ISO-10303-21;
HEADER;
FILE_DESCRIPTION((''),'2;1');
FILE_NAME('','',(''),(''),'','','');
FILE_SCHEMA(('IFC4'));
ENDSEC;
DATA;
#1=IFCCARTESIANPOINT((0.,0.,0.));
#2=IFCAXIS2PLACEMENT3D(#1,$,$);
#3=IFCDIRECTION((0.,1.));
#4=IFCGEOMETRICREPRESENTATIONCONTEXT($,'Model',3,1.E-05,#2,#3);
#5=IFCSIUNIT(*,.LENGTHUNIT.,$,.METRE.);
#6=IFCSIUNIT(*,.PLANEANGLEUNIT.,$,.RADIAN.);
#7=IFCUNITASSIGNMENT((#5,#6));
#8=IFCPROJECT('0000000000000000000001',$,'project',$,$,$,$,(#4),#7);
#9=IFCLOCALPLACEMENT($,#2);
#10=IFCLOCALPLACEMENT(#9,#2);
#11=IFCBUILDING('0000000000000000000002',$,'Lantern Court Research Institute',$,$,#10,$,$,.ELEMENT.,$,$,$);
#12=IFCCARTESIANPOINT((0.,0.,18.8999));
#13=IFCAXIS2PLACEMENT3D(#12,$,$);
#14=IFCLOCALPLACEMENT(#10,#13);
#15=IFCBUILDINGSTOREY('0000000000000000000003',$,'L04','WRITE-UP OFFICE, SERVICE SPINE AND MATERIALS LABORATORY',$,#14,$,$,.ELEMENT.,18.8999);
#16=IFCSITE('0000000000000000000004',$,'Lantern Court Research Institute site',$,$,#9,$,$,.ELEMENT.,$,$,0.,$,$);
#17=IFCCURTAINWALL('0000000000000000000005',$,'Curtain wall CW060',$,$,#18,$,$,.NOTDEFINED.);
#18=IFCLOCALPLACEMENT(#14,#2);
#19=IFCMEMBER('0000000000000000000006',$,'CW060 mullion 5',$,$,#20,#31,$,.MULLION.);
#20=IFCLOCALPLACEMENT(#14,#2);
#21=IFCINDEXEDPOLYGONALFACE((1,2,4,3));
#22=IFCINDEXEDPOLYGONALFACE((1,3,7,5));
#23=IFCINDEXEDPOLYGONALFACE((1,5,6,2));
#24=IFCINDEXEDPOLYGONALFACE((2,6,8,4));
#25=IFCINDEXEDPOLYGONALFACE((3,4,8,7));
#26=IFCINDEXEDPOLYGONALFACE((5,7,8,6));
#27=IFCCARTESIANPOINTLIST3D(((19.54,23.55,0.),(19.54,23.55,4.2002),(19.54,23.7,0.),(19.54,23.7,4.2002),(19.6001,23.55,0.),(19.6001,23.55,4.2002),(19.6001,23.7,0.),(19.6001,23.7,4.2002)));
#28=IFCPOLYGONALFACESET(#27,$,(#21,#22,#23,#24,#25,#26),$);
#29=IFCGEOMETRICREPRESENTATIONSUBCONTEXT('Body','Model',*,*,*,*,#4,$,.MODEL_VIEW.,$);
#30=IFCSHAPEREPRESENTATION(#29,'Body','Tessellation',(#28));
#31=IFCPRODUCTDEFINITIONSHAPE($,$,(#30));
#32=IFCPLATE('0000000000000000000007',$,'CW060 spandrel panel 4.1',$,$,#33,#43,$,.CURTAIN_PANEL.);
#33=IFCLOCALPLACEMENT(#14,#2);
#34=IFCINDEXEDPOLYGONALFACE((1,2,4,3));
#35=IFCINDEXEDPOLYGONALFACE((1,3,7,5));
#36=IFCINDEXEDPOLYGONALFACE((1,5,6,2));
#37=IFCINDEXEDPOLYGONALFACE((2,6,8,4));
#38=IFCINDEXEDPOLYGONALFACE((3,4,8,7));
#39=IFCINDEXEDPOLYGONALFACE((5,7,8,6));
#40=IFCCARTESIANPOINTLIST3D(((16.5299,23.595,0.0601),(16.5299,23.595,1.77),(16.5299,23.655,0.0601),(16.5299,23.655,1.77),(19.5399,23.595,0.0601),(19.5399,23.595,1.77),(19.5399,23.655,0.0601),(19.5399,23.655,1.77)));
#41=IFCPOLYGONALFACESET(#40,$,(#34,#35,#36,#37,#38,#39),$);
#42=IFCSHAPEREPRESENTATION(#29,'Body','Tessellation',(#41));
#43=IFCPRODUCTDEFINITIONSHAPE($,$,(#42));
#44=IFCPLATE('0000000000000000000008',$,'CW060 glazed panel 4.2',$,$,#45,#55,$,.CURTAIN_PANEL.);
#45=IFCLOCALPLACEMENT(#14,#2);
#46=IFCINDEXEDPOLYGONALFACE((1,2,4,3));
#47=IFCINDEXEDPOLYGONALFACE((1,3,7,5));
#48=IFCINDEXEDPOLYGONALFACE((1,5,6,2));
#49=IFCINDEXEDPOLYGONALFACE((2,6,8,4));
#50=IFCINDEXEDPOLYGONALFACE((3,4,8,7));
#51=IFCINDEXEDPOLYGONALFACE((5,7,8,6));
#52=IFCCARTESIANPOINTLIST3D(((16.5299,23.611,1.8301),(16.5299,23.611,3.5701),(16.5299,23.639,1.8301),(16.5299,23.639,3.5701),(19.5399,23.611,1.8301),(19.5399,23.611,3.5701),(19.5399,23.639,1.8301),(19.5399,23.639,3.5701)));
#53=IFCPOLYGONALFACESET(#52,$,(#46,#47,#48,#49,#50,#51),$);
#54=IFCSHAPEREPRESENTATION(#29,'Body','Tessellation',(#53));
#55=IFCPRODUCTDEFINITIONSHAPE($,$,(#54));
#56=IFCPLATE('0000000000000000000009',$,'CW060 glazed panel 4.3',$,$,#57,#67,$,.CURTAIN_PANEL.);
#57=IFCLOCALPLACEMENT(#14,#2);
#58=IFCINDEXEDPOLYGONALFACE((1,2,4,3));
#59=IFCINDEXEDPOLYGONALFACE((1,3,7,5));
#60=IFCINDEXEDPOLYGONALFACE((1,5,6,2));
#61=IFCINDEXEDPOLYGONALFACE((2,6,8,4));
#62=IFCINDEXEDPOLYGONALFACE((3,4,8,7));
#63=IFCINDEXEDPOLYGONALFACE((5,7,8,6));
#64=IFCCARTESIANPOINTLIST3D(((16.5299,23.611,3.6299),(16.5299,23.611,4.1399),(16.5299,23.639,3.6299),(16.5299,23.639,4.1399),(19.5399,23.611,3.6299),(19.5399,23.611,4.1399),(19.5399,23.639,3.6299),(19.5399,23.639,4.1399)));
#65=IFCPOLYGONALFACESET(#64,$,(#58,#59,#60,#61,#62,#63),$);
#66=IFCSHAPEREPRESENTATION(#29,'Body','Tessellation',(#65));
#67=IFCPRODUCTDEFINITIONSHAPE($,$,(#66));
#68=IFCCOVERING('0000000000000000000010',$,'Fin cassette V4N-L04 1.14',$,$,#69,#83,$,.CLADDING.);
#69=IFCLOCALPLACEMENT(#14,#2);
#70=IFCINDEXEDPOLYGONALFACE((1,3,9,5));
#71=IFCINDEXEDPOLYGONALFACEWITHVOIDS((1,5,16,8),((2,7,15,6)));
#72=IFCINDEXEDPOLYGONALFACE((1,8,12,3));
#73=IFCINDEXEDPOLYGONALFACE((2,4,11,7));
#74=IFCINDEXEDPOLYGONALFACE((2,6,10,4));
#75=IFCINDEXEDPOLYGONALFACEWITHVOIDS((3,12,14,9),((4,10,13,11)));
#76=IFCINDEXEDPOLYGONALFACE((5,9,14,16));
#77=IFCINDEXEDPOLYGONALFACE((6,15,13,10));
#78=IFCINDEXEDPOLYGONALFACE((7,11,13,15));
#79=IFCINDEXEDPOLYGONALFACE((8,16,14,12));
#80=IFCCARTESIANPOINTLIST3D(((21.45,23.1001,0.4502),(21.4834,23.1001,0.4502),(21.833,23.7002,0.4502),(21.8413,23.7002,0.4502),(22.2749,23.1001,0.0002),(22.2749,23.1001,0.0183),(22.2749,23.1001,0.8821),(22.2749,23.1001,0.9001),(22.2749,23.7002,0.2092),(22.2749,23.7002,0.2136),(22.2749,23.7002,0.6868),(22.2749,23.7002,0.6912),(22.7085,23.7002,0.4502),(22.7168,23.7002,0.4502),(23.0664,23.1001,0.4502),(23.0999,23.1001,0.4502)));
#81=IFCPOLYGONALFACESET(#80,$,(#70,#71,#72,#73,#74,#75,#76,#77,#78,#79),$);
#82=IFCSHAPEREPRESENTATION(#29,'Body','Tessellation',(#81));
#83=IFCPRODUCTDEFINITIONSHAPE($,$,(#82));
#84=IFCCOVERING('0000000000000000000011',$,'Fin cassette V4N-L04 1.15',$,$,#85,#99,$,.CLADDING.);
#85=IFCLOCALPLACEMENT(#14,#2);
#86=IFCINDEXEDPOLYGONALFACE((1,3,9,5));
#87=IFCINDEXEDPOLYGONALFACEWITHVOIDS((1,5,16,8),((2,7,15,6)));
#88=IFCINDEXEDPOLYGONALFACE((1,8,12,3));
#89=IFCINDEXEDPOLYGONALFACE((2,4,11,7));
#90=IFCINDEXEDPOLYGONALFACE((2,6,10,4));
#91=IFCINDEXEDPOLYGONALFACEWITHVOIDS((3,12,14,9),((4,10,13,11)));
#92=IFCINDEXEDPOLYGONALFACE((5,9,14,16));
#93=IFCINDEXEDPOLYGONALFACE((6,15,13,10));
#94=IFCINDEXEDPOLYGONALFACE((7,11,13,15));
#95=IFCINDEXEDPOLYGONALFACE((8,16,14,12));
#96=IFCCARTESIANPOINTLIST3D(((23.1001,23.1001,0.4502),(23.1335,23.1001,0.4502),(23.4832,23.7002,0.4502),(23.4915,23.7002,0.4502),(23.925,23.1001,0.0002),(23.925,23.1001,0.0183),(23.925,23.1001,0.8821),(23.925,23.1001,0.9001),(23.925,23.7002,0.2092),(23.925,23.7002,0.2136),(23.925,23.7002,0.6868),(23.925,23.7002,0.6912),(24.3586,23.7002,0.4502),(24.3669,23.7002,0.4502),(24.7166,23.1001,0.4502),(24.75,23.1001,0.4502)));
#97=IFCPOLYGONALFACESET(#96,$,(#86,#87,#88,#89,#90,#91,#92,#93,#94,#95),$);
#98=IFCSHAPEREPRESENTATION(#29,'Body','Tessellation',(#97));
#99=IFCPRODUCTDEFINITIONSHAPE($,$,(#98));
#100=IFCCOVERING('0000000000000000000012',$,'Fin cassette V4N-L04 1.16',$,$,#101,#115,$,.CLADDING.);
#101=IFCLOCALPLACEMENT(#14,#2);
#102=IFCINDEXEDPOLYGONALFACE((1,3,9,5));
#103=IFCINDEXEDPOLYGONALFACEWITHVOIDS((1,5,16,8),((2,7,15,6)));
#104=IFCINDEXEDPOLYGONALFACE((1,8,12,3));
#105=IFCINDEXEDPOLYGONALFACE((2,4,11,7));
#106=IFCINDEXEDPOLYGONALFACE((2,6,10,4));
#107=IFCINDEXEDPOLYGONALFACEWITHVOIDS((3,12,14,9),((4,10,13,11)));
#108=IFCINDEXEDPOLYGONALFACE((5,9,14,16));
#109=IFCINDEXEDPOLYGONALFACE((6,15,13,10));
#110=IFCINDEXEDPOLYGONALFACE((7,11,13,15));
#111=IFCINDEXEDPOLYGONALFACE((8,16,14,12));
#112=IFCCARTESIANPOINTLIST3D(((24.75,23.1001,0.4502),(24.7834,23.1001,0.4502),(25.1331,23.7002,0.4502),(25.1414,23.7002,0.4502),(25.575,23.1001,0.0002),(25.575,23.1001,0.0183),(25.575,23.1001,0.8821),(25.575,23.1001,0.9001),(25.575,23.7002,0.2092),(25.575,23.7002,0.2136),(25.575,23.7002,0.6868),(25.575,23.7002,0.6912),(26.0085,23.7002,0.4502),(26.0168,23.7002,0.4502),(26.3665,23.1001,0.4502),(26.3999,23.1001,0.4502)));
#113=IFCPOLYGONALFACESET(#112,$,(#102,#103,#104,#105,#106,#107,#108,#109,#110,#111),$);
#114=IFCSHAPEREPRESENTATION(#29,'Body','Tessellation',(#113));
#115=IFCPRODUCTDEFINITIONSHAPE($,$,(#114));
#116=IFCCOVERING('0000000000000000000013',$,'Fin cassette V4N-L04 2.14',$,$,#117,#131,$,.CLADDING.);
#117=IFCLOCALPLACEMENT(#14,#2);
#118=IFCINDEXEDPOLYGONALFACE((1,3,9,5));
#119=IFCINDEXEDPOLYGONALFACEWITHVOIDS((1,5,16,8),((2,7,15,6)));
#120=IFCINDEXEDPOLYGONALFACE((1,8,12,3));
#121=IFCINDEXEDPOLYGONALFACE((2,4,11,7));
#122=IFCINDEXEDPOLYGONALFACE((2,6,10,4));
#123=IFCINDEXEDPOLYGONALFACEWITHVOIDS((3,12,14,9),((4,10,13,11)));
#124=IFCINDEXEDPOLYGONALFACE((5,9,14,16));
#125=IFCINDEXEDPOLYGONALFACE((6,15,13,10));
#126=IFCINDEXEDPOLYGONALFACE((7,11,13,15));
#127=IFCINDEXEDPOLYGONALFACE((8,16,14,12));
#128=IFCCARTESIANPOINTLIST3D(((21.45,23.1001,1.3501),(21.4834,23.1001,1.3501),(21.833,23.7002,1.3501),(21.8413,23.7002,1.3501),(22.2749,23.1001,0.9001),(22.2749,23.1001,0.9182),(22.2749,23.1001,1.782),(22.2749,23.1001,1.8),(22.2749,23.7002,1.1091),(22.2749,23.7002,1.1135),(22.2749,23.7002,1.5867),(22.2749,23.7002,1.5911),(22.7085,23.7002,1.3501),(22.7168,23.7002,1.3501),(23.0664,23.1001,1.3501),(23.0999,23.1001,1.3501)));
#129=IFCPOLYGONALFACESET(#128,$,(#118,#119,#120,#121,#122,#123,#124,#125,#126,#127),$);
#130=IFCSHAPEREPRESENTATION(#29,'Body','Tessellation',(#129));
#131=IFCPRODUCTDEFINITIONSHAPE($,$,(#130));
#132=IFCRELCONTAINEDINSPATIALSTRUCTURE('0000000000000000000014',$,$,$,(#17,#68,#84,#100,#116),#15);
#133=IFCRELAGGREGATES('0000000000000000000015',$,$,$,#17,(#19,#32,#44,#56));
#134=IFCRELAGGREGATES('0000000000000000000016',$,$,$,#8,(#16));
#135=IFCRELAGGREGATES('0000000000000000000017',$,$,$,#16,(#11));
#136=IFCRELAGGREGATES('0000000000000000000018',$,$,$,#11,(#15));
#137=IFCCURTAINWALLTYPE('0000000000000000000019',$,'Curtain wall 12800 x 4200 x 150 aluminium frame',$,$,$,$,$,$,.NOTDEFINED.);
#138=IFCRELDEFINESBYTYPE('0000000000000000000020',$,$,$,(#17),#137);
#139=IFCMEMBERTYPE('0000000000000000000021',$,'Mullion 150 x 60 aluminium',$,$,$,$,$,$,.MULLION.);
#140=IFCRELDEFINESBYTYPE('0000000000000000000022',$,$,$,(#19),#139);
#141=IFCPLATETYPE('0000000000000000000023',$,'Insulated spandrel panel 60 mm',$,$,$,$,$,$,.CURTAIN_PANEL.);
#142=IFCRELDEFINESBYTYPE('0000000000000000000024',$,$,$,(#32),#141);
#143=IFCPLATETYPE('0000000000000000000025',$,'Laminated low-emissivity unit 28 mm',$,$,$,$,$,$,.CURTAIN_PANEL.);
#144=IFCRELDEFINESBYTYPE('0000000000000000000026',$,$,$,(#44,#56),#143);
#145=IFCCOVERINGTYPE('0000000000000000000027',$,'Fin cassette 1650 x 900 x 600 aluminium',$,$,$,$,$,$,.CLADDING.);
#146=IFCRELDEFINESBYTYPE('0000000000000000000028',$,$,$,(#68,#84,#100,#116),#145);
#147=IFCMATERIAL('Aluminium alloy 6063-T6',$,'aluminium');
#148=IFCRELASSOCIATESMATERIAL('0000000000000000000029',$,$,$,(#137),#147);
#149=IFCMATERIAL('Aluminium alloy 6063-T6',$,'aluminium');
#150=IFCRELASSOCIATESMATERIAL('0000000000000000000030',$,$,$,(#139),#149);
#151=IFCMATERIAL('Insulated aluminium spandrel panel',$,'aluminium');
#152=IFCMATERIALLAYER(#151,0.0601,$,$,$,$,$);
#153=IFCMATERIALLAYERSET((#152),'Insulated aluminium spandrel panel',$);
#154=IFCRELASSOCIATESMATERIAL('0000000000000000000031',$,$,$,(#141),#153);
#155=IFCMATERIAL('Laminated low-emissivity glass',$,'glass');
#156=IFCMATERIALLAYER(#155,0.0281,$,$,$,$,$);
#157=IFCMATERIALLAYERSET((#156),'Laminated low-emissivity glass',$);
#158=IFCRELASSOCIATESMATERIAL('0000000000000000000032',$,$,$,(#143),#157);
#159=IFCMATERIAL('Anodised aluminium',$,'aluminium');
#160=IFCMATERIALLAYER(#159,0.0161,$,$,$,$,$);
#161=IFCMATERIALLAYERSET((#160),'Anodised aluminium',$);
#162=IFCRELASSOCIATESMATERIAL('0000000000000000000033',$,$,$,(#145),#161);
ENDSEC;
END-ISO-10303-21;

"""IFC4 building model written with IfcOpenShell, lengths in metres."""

from ifc_helpers import new_model, entity, si_unit, direction, frame, origin, origin_2d, place, context, subcontext, project, spatial, rectangle, extrude, material, layer, layer_set, material_profile, profile_set, type_object, element, aggregate, save


model = new_model("IFC4")

# Units and contexts
model_context = context("Model", 3, precision=1e-05, world=origin(), true_north=direction((0.0, 1.0)))
body_context = subcontext(model_context, "Body", "Model", "MODEL_VIEW")
ifc_project = project(units=[si_unit("LENGTHUNIT", "METRE"), si_unit("PLANEANGLEUNIT", "RADIAN")], contexts=[model_context])

# Site, building, storey
site_placement = place(None, origin())
site = spatial("IfcSite", under=ifc_project, at=site_placement, Name="Lantern Court Research Institute site", CompositionType="ELEMENT", RefElevation=0.0)
building_placement = place(site_placement, origin())
building = spatial("IfcBuilding", under=site, at=building_placement, Name="Lantern Court Research Institute", CompositionType="ELEMENT")
storey_placement = place(building_placement, frame((0.0, 0.0, 18.8999)))
storey = spatial("IfcBuildingStorey", under=building, at=storey_placement, Name="L04", Description="WRITE-UP OFFICE, SERVICE SPINE AND MATERIALS LABORATORY", CompositionType="ELEMENT", Elevation=18.8999)

# Curtain wall, member, plates
ifc_material_1 = material(Name="Aluminium alloy 6063-T6", Category="aluminium")
curtain_wall_type = type_object("IfcCurtainWallType", Name="Curtain wall 12800 x 4200 x 150 aluminium frame", PredefinedType="NOTDEFINED", material=ifc_material_1)
curtain_wall_placement = place(storey_placement, origin())
curtain_wall = element("IfcCurtainWall", 1, at=curtain_wall_placement, inside=storey, type_object=curtain_wall_type, Name="Curtain wall CW060", PredefinedType="NOTDEFINED")
ifc_material_2 = material(Name="Aluminium alloy 6063-T6", Category="aluminium")
ifc_material_profile = material_profile(ifc_material_2, rectangle(XDim=0.1499, YDim=0.0601, at=origin_2d()), Name="Mullion 150 x 60")
ifc_profile_set = profile_set([ifc_material_profile], Name="Aluminium alloy 6063-T6")
member_type = type_object("IfcMemberType", Name="Mullion 150 x 60 aluminium", PredefinedType="MULLION", material=ifc_profile_set)
member_placement = place(storey_placement, frame((19.5701, 23.625, 0.0), z_axis=(0.0, 0.0, 1.0), x_axis=(0.0, 1.0, 0.0)))
member = element("IfcMember", 2, at=member_placement, type_object=member_type, Name="CW060 mullion 5", PredefinedType="MULLION", context=body_context, shape_type="SweptSolid", body=[
    extrude(rectangle(XDim=0.1499, YDim=0.0601, at=origin_2d()), origin(), (0.0, 0.0, 1.0), 4.2002),
])
ifc_material_3 = material(Name="Insulated aluminium spandrel panel", Category="aluminium")
ifc_layer_1 = layer(ifc_material_3, 0.0601)
ifc_layer_set_1 = layer_set([ifc_layer_1], Name="Insulated aluminium spandrel panel")
plate_type_1 = type_object("IfcPlateType", Name="Insulated spandrel panel 60 mm", PredefinedType="CURTAIN_PANEL", material=ifc_layer_set_1)
plate_1_placement = place(storey_placement, frame((18.0349, 23.625, 0.0601), z_axis=(0.0, 0.0, 1.0), x_axis=(1.0, 0.0, 0.0)))
plate_1 = element("IfcPlate", 3, at=plate_1_placement, type_object=plate_type_1, Name="CW060 spandrel panel 4.1", PredefinedType="CURTAIN_PANEL", context=body_context, shape_type="SweptSolid", body=[
    extrude(rectangle(XDim=3.01, YDim=0.0601, at=origin_2d()), origin(), (0.0, 0.0, 1.0), 1.71),
])
ifc_material_4 = material(Name="Laminated low-emissivity glass", Category="glass")
ifc_layer_2 = layer(ifc_material_4, 0.0281)
ifc_layer_set_2 = layer_set([ifc_layer_2], Name="Laminated low-emissivity glass")
plate_type_2 = type_object("IfcPlateType", Name="Laminated low-emissivity unit 28 mm", PredefinedType="CURTAIN_PANEL", material=ifc_layer_set_2)
plate_2_placement = place(storey_placement, frame((18.0349, 23.625, 1.8301), z_axis=(0.0, 0.0, 1.0), x_axis=(1.0, 0.0, 0.0)))
plate_2 = element("IfcPlate", 4, at=plate_2_placement, type_object=plate_type_2, Name="CW060 glazed panel 4.2", PredefinedType="CURTAIN_PANEL", context=body_context, shape_type="SweptSolid", body=[
    extrude(rectangle(XDim=3.01, YDim=0.0281, at=origin_2d()), origin(), (0.0, 0.0, 1.0), 1.74),
])
plate_3_placement = place(storey_placement, frame((18.0349, 23.625, 3.6299), z_axis=(0.0, 0.0, 1.0), x_axis=(1.0, 0.0, 0.0)))
plate_3 = element("IfcPlate", 5, at=plate_3_placement, type_object=plate_type_2, Name="CW060 glazed panel 4.3", PredefinedType="CURTAIN_PANEL", context=body_context, shape_type="SweptSolid", body=[
    extrude(rectangle(XDim=3.01, YDim=0.0281, at=origin_2d()), origin(), (0.0, 0.0, 1.0), 0.51),
])
aggregate(curtain_wall, [member, plate_1, plate_2, plate_3])

# Coverings
ifc_material_5 = material(Name="Anodised aluminium", Category="aluminium")
ifc_layer_3 = layer(ifc_material_5, 0.0161)
ifc_layer_set_3 = layer_set([ifc_layer_3], Name="Anodised aluminium")
covering_type = type_object("IfcCoveringType", Name="Fin cassette 1650 x 900 x 600 aluminium", PredefinedType="CLADDING", material=ifc_layer_set_3)
covering_1_placement = place(storey_placement, frame((22.2749, 23.1001, 0.4502), z_axis=(0.0, 1.0, 0.0), x_axis=(-1.0, 0.0, 0.0)))
cartesian_point_1 = entity("IfcCartesianPoint", [0.825, 0.0])
cartesian_point_2 = entity("IfcCartesianPoint", [0.7915, 0.0])
cartesian_point_3 = entity("IfcCartesianPoint", [0.4419, 0.0])
cartesian_point_4 = entity("IfcCartesianPoint", [0.4336, 0.0])
element("IfcCovering", 6, at=covering_1_placement, inside=storey, type_object=covering_type, Name="Fin cassette V4N-L04 1.14", PredefinedType="CLADDING", context=body_context, shape_type="SweptSolid", body=[
    entity("IfcExtrudedAreaSolidTapered", entity("IfcArbitraryProfileDefWithVoids", "AREA", None, entity("IfcPolyline", [cartesian_point_1, entity("IfcCartesianPoint", [0.0, 0.45]), entity("IfcCartesianPoint", [-0.825, 0.0]), entity("IfcCartesianPoint", [0.0, -0.45]), cartesian_point_1]), [entity("IfcPolyline", [cartesian_point_2, entity("IfcCartesianPoint", [0.0, 0.4319]), entity("IfcCartesianPoint", [-0.7915, 0.0]), entity("IfcCartesianPoint", [0.0, -0.4319]), cartesian_point_2])]), entity("IfcAxis2Placement3D", entity("IfcCartesianPoint", [0.0, 0.0, 0.0])), entity("IfcDirection", [0.0, 0.0, 1.0]), 0.6001, entity("IfcArbitraryProfileDefWithVoids", "AREA", None, entity("IfcPolyline", [cartesian_point_3, entity("IfcCartesianPoint", [0.0, 0.241]), entity("IfcCartesianPoint", [-0.4419, 0.0]), entity("IfcCartesianPoint", [0.0, -0.241]), cartesian_point_3]), [entity("IfcPolyline", [cartesian_point_4, entity("IfcCartesianPoint", [0.0, 0.2366]), entity("IfcCartesianPoint", [-0.4336, 0.0]), entity("IfcCartesianPoint", [0.0, -0.2366]), cartesian_point_4])])),
])
covering_2_placement = place(storey_placement, frame((23.925, 23.1001, 0.4502), z_axis=(0.0, 1.0, 0.0), x_axis=(-1.0, 0.0, 0.0)))
cartesian_point_5 = entity("IfcCartesianPoint", [0.825, 0.0])
cartesian_point_6 = entity("IfcCartesianPoint", [0.7915, 0.0])
cartesian_point_7 = entity("IfcCartesianPoint", [0.4419, 0.0])
cartesian_point_8 = entity("IfcCartesianPoint", [0.4336, 0.0])
element("IfcCovering", 7, at=covering_2_placement, inside=storey, type_object=covering_type, Name="Fin cassette V4N-L04 1.15", PredefinedType="CLADDING", context=body_context, shape_type="SweptSolid", body=[
    entity("IfcExtrudedAreaSolidTapered", entity("IfcArbitraryProfileDefWithVoids", "AREA", None, entity("IfcPolyline", [cartesian_point_5, entity("IfcCartesianPoint", [0.0, 0.45]), entity("IfcCartesianPoint", [-0.825, 0.0]), entity("IfcCartesianPoint", [0.0, -0.45]), cartesian_point_5]), [entity("IfcPolyline", [cartesian_point_6, entity("IfcCartesianPoint", [0.0, 0.4319]), entity("IfcCartesianPoint", [-0.7915, 0.0]), entity("IfcCartesianPoint", [0.0, -0.4319]), cartesian_point_6])]), entity("IfcAxis2Placement3D", entity("IfcCartesianPoint", [0.0, 0.0, 0.0])), entity("IfcDirection", [0.0, 0.0, 1.0]), 0.6001, entity("IfcArbitraryProfileDefWithVoids", "AREA", None, entity("IfcPolyline", [cartesian_point_7, entity("IfcCartesianPoint", [0.0, 0.241]), entity("IfcCartesianPoint", [-0.4419, 0.0]), entity("IfcCartesianPoint", [0.0, -0.241]), cartesian_point_7]), [entity("IfcPolyline", [cartesian_point_8, entity("IfcCartesianPoint", [0.0, 0.2366]), entity("IfcCartesianPoint", [-0.4336, 0.0]), entity("IfcCartesianPoint", [0.0, -0.2366]), cartesian_point_8])])),
])
covering_3_placement = place(storey_placement, frame((25.575, 23.1001, 0.4502), z_axis=(0.0, 1.0, 0.0), x_axis=(-1.0, 0.0, 0.0)))
cartesian_point_9 = entity("IfcCartesianPoint", [0.825, 0.0])
cartesian_point_10 = entity("IfcCartesianPoint", [0.7915, 0.0])
cartesian_point_11 = entity("IfcCartesianPoint", [0.4419, 0.0])
cartesian_point_12 = entity("IfcCartesianPoint", [0.4336, 0.0])
element("IfcCovering", 8, at=covering_3_placement, inside=storey, type_object=covering_type, Name="Fin cassette V4N-L04 1.16", PredefinedType="CLADDING", context=body_context, shape_type="SweptSolid", body=[
    entity("IfcExtrudedAreaSolidTapered", entity("IfcArbitraryProfileDefWithVoids", "AREA", None, entity("IfcPolyline", [cartesian_point_9, entity("IfcCartesianPoint", [0.0, 0.45]), entity("IfcCartesianPoint", [-0.825, 0.0]), entity("IfcCartesianPoint", [0.0, -0.45]), cartesian_point_9]), [entity("IfcPolyline", [cartesian_point_10, entity("IfcCartesianPoint", [0.0, 0.4319]), entity("IfcCartesianPoint", [-0.7915, 0.0]), entity("IfcCartesianPoint", [0.0, -0.4319]), cartesian_point_10])]), entity("IfcAxis2Placement3D", entity("IfcCartesianPoint", [0.0, 0.0, 0.0])), entity("IfcDirection", [0.0, 0.0, 1.0]), 0.6001, entity("IfcArbitraryProfileDefWithVoids", "AREA", None, entity("IfcPolyline", [cartesian_point_11, entity("IfcCartesianPoint", [0.0, 0.241]), entity("IfcCartesianPoint", [-0.4419, 0.0]), entity("IfcCartesianPoint", [0.0, -0.241]), cartesian_point_11]), [entity("IfcPolyline", [cartesian_point_12, entity("IfcCartesianPoint", [0.0, 0.2366]), entity("IfcCartesianPoint", [-0.4336, 0.0]), entity("IfcCartesianPoint", [0.0, -0.2366]), cartesian_point_12])])),
])
covering_4_placement = place(storey_placement, frame((22.2749, 23.1001, 1.3501), z_axis=(0.0, 1.0, 0.0), x_axis=(-1.0, 0.0, 0.0)))
cartesian_point_13 = entity("IfcCartesianPoint", [0.825, 0.0])
cartesian_point_14 = entity("IfcCartesianPoint", [0.7915, 0.0])
cartesian_point_15 = entity("IfcCartesianPoint", [0.4419, 0.0])
cartesian_point_16 = entity("IfcCartesianPoint", [0.4336, 0.0])
element("IfcCovering", 9, at=covering_4_placement, inside=storey, type_object=covering_type, Name="Fin cassette V4N-L04 2.14", PredefinedType="CLADDING", context=body_context, shape_type="SweptSolid", body=[
    entity("IfcExtrudedAreaSolidTapered", entity("IfcArbitraryProfileDefWithVoids", "AREA", None, entity("IfcPolyline", [cartesian_point_13, entity("IfcCartesianPoint", [0.0, 0.45]), entity("IfcCartesianPoint", [-0.825, 0.0]), entity("IfcCartesianPoint", [0.0, -0.45]), cartesian_point_13]), [entity("IfcPolyline", [cartesian_point_14, entity("IfcCartesianPoint", [0.0, 0.4319]), entity("IfcCartesianPoint", [-0.7915, 0.0]), entity("IfcCartesianPoint", [0.0, -0.4319]), cartesian_point_14])]), entity("IfcAxis2Placement3D", entity("IfcCartesianPoint", [0.0, 0.0, 0.0])), entity("IfcDirection", [0.0, 0.0, 1.0]), 0.6001, entity("IfcArbitraryProfileDefWithVoids", "AREA", None, entity("IfcPolyline", [cartesian_point_15, entity("IfcCartesianPoint", [0.0, 0.241]), entity("IfcCartesianPoint", [-0.4419, 0.0]), entity("IfcCartesianPoint", [0.0, -0.241]), cartesian_point_15]), [entity("IfcPolyline", [cartesian_point_16, entity("IfcCartesianPoint", [0.0, 0.2366]), entity("IfcCartesianPoint", [-0.4336, 0.0]), entity("IfcCartesianPoint", [0.0, -0.2366]), cartesian_point_16])])),
])

save(model, "model.ifc")
